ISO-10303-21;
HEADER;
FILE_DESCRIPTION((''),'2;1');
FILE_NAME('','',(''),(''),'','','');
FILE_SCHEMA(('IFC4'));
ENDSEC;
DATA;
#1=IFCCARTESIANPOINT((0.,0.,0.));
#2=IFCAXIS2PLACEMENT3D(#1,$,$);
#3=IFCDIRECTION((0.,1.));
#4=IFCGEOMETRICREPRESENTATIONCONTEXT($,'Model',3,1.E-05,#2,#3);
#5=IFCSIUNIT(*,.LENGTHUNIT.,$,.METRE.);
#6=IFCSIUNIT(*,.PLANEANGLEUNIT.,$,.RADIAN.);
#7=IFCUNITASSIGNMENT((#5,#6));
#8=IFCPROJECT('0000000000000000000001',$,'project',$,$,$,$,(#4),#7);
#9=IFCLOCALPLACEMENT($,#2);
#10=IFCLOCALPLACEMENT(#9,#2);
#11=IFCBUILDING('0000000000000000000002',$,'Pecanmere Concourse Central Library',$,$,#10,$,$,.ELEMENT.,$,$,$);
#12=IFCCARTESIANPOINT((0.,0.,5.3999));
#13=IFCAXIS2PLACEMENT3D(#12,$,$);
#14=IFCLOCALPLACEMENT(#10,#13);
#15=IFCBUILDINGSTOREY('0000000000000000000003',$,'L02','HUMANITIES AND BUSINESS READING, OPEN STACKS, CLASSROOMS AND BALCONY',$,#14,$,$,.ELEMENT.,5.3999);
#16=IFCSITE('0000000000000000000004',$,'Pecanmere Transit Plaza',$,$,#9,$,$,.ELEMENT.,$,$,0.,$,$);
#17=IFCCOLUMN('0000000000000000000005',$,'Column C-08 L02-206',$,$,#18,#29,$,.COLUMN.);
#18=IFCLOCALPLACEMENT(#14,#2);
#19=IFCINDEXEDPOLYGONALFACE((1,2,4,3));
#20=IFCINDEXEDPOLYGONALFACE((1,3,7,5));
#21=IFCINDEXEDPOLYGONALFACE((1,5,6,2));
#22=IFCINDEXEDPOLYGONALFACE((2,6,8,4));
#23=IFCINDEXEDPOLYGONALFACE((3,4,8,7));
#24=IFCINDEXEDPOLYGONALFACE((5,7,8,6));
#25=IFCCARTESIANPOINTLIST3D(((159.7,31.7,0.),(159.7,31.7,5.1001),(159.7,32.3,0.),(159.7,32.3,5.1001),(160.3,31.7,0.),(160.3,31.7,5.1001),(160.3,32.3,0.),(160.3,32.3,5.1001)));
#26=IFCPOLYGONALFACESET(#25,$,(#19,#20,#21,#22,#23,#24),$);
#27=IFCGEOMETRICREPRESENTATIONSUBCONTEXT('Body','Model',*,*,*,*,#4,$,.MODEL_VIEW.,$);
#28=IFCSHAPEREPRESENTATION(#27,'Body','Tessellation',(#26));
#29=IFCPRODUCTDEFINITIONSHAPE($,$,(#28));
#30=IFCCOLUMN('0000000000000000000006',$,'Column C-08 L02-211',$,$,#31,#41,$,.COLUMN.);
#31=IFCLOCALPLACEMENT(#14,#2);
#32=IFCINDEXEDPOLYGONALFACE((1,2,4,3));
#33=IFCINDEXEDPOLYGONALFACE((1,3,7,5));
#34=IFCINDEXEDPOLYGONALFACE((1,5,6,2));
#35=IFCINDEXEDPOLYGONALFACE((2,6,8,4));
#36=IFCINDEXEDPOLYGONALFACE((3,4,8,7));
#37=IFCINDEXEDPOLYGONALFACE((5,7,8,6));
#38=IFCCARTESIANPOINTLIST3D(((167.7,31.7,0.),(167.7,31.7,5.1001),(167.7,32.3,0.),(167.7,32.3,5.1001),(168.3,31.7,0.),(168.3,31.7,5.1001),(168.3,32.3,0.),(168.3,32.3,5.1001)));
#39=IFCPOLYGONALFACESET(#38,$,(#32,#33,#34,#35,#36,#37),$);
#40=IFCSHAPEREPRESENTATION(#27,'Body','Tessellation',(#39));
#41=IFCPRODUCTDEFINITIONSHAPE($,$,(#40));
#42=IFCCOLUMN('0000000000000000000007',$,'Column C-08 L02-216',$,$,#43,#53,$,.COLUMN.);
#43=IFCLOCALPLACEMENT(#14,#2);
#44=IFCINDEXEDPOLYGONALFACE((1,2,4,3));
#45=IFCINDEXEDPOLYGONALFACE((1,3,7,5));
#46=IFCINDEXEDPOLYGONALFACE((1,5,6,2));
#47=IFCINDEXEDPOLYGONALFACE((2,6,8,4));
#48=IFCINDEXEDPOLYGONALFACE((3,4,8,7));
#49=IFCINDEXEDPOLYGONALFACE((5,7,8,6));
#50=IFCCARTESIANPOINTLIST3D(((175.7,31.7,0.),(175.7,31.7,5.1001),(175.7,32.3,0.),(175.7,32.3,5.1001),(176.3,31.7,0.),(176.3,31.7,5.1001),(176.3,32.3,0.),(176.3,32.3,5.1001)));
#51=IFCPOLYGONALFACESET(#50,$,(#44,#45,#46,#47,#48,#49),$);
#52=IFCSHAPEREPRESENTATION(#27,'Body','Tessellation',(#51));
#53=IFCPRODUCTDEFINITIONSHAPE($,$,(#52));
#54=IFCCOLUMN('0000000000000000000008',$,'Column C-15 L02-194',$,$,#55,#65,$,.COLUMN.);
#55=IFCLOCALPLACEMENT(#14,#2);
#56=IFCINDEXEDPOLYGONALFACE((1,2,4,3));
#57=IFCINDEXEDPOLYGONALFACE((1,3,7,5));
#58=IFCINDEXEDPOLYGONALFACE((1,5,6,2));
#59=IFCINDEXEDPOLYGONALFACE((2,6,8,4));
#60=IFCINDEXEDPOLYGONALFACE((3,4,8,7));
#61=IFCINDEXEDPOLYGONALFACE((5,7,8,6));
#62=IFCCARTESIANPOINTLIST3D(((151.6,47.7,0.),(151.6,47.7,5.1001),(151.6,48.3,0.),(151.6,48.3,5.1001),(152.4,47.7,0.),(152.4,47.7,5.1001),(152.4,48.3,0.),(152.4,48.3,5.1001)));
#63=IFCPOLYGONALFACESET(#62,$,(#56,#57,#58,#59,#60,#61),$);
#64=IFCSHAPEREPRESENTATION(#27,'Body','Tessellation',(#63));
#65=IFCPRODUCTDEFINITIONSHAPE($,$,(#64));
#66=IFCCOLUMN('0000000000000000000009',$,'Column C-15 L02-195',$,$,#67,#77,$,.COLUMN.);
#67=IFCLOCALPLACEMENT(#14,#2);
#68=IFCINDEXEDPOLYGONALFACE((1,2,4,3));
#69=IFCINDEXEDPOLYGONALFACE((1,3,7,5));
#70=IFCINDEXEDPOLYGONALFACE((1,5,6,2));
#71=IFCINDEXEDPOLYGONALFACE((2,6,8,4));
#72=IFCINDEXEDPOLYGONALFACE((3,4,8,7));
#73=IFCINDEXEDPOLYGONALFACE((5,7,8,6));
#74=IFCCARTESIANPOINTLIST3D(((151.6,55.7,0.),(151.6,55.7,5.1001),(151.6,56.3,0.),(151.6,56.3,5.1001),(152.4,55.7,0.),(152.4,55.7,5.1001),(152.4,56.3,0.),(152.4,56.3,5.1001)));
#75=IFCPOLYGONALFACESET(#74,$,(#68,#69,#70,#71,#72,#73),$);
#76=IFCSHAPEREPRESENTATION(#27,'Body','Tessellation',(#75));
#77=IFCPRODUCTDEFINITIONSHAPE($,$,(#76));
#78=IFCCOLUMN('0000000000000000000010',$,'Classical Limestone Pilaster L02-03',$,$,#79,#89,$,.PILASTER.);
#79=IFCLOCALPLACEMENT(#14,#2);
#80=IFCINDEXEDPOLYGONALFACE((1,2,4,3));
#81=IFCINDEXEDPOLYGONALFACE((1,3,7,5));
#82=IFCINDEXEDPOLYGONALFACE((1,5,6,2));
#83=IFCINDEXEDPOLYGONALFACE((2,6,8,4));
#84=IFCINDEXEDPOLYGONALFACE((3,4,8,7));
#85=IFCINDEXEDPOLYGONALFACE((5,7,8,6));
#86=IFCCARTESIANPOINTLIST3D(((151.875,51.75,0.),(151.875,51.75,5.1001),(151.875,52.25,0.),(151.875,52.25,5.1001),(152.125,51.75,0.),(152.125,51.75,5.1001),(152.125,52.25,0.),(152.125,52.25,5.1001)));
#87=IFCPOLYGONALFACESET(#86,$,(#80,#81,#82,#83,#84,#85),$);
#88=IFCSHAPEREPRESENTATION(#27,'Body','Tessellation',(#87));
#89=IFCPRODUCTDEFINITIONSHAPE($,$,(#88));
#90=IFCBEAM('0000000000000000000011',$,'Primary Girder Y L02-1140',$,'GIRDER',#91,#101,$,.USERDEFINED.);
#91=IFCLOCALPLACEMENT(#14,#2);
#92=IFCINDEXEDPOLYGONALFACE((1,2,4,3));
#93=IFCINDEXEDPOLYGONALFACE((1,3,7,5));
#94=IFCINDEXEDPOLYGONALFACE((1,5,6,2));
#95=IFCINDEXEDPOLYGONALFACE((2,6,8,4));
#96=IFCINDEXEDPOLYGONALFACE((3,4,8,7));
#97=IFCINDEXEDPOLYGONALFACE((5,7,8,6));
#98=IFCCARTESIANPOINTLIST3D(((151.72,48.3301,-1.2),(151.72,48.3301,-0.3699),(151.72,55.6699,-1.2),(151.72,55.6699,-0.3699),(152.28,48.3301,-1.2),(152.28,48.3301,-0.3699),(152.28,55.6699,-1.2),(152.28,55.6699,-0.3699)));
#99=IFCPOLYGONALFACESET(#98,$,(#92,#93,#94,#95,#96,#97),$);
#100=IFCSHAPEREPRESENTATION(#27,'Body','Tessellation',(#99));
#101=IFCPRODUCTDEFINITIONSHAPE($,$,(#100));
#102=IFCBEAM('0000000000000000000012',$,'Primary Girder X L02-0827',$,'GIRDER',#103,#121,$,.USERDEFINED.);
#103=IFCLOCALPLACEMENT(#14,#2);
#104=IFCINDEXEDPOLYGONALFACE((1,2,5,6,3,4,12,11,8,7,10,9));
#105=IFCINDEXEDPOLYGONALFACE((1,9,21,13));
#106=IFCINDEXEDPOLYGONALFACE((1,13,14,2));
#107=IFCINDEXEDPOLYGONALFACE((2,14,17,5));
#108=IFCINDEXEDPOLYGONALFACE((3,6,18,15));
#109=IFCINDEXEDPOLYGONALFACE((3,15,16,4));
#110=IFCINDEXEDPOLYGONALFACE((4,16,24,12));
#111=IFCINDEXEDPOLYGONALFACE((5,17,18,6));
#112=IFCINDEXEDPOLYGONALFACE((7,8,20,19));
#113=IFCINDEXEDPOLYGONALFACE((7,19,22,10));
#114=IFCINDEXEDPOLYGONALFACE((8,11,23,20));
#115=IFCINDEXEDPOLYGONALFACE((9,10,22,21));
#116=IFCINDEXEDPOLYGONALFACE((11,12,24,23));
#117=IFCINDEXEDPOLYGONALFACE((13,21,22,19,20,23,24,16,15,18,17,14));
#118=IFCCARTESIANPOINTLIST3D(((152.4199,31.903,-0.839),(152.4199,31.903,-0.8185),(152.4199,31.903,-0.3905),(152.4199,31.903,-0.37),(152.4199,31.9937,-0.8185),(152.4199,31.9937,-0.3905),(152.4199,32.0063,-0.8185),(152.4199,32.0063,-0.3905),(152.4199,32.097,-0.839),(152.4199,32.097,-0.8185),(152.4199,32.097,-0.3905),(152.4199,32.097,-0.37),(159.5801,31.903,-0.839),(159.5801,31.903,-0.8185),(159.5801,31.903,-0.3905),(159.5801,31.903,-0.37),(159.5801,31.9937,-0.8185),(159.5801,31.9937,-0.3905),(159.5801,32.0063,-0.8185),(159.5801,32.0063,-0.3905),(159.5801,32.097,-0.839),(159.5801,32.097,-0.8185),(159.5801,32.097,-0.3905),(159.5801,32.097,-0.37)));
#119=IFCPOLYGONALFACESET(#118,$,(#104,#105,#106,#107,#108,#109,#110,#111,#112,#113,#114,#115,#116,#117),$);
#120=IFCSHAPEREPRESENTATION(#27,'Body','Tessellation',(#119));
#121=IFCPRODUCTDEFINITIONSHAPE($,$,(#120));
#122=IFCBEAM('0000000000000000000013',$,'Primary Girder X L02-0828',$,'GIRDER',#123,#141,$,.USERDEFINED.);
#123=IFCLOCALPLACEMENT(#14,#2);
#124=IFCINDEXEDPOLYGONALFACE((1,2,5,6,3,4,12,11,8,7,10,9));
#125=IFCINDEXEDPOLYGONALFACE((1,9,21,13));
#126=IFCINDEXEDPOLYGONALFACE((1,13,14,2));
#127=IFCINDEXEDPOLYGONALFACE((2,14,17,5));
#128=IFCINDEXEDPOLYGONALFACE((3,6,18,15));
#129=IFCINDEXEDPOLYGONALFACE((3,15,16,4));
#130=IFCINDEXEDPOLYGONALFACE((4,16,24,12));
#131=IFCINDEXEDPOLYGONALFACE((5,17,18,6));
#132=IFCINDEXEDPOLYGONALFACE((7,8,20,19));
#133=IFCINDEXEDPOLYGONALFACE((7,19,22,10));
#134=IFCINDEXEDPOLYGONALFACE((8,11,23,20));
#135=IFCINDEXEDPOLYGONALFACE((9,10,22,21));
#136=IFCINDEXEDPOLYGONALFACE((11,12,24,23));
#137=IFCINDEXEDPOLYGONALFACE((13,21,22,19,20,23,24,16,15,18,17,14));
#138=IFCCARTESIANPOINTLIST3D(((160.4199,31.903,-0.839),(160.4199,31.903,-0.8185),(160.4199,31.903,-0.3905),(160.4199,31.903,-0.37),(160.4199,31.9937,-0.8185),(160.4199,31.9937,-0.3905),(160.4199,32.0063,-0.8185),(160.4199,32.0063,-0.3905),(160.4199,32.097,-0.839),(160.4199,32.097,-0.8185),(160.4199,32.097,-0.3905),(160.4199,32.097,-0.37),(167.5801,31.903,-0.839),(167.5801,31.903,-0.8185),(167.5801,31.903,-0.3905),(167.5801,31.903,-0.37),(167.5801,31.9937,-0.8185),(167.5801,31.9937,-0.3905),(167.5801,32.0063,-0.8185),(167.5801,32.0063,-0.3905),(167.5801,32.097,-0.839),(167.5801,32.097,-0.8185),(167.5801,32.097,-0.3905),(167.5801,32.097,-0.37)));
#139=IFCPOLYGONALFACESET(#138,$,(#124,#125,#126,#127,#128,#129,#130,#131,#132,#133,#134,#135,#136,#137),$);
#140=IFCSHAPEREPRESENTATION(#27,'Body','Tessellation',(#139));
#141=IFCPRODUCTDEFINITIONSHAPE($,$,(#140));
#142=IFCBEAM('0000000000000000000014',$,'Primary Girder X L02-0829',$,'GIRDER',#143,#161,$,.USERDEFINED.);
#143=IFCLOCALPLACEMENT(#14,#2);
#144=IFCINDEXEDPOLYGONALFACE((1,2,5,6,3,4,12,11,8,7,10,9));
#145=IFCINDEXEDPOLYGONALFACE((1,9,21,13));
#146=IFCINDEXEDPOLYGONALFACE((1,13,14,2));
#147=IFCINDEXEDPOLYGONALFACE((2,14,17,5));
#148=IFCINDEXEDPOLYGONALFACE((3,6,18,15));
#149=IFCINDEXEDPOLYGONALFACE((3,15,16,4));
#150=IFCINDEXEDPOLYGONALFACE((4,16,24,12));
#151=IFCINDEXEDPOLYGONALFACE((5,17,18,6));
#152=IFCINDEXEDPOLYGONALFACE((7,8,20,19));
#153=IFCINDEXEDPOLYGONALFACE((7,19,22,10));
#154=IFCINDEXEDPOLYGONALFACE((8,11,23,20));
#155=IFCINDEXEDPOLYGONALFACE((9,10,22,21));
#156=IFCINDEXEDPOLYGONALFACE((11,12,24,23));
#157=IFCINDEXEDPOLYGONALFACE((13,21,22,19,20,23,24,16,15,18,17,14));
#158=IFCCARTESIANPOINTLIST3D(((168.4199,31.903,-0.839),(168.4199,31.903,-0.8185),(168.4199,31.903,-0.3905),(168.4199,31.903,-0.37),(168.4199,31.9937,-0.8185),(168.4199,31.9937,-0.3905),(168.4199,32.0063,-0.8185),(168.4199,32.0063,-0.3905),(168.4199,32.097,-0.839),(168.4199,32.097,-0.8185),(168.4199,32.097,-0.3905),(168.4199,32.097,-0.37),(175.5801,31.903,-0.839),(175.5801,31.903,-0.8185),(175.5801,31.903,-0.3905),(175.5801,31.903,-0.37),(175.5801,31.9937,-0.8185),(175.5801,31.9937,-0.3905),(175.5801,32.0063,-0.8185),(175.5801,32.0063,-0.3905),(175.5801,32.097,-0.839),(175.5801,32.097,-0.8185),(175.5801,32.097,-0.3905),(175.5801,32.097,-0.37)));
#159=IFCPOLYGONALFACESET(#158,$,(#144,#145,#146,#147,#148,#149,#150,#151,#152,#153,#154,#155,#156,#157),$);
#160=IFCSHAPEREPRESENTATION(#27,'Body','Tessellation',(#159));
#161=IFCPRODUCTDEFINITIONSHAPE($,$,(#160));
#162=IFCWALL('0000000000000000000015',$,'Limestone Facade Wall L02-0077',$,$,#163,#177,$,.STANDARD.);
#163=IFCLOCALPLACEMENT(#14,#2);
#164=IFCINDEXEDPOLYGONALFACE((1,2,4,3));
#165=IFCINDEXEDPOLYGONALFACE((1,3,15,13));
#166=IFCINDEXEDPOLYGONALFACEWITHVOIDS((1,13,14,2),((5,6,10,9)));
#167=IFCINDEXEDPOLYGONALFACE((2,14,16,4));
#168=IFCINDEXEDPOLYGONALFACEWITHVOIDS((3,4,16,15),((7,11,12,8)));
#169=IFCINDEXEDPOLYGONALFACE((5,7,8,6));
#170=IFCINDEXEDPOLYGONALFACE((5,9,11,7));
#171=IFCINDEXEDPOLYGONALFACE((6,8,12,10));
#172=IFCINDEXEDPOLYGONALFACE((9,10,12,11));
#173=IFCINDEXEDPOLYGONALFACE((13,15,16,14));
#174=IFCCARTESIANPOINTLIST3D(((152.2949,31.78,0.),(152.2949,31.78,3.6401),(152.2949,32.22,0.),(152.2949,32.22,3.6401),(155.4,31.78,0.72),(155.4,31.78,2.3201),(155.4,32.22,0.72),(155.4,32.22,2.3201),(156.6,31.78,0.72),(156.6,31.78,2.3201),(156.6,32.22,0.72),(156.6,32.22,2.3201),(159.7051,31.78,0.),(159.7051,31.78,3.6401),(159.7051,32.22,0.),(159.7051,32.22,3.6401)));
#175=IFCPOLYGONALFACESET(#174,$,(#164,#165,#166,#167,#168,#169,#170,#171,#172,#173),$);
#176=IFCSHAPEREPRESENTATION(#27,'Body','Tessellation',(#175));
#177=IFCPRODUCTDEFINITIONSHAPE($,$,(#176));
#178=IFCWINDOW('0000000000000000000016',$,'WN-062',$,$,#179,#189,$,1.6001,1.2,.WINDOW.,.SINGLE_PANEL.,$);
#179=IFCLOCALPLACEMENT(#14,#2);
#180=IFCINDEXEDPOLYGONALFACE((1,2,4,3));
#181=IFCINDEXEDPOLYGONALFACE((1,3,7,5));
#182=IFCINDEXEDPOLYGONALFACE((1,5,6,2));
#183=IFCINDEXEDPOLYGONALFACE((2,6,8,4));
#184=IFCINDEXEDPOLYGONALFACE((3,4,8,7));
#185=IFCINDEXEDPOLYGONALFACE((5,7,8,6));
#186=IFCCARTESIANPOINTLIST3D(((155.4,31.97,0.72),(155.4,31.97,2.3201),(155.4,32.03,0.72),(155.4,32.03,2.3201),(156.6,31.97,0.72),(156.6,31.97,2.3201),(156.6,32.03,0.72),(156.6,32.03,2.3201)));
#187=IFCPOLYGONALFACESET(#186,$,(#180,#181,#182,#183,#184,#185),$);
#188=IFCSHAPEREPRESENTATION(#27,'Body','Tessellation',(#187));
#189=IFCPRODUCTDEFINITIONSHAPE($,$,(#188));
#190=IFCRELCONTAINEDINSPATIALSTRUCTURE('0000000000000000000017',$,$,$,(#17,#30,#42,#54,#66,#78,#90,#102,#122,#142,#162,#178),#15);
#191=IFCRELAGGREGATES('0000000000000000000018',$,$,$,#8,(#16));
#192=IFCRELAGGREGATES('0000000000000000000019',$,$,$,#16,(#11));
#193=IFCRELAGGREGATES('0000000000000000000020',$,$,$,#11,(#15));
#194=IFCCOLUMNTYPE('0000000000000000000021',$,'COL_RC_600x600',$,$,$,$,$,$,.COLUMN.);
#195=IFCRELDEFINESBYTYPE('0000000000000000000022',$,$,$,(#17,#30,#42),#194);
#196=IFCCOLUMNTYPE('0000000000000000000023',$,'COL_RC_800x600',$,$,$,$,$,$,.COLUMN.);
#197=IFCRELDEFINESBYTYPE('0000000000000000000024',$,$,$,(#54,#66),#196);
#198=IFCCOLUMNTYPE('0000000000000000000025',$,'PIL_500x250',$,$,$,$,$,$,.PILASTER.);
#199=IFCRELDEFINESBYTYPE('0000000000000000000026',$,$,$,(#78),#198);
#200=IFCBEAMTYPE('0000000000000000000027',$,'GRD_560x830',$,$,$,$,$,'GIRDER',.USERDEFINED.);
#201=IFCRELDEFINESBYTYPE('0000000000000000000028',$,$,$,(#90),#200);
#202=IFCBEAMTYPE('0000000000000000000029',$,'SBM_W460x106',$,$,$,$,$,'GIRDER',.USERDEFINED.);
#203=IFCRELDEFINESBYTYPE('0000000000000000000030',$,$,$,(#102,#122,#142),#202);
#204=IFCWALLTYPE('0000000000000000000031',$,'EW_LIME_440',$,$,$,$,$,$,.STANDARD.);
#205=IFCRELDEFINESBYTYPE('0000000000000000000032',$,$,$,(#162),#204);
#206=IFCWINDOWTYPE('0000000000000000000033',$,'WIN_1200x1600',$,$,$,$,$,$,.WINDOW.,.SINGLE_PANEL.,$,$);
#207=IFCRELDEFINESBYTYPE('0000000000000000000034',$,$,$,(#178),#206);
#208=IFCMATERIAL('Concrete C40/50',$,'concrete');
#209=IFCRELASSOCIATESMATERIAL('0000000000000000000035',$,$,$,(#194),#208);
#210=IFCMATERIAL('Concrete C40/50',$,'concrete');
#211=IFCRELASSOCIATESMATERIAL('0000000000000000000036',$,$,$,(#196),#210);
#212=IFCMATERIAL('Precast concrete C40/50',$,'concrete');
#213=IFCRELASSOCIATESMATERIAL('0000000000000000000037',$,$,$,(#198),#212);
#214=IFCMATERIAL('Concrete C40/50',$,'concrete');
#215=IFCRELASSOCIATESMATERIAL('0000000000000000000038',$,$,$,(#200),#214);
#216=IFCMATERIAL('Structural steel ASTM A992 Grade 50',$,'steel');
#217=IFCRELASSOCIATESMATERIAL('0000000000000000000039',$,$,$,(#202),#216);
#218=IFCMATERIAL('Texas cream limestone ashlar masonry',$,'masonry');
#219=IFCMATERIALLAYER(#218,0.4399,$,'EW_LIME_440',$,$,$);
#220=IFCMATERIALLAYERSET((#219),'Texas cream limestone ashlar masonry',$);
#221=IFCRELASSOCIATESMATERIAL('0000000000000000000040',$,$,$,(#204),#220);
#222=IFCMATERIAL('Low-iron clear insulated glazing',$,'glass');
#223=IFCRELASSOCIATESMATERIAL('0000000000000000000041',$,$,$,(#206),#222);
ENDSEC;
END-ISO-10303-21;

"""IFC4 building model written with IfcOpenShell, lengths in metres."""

from ifc_helpers import new_model, si_unit, direction, frame, frame_2d, origin, origin_2d, place, context, subcontext, project, spatial, rectangle, i_section, extrude, material, layer, layer_set, material_profile, profile_set, type_object, element, fill, save


model = new_model("IFC4")

# Units and contexts
model_context = context("Model", 3, precision=1e-05, world=origin(), true_north=direction((0.0, 1.0)))
body_context = subcontext(model_context, "Body", "Model", "MODEL_VIEW")
ifc_project = project(units=[si_unit("LENGTHUNIT", "METRE"), si_unit("PLANEANGLEUNIT", "RADIAN")], contexts=[model_context])

# Site, building, storey
site_placement = place(None, origin())
site = spatial("IfcSite", under=ifc_project, at=site_placement, Name="Pecanmere Transit Plaza", CompositionType="ELEMENT", RefElevation=0.0)
building_placement = place(site_placement, origin())
building = spatial("IfcBuilding", under=site, at=building_placement, Name="Pecanmere Concourse Central Library", CompositionType="ELEMENT")
storey_placement = place(building_placement, frame((0.0, 0.0, 5.3999)))
storey = spatial("IfcBuildingStorey", under=building, at=storey_placement, Name="L02", Description="HUMANITIES AND BUSINESS READING, OPEN STACKS, CLASSROOMS AND BALCONY", CompositionType="ELEMENT", Elevation=5.3999)

# Columns
ifc_material_1 = material(Name="Concrete C40/50", Category="concrete")
ifc_material_profile_1 = material_profile(ifc_material_1, rectangle(XDim=0.6001, YDim=0.6001, at=origin_2d()), Name="RC 600x600")
ifc_profile_set_1 = profile_set([ifc_material_profile_1], Name="Concrete C40/50")
column_type_1 = type_object("IfcColumnType", Name="COL_RC_600x600", PredefinedType="COLUMN", material=ifc_profile_set_1)
for number, where, z_axis, x_axis, name in (
    (1, (160.0, 32.0, 0.0), (0.0, 0.0, 1.0), (1.0, 0.0, 0.0), "Column C-08 L02-206"),
    (2, (168.0, 32.0, 0.0), (0.0, 0.0, 1.0), (1.0, 0.0, 0.0), "Column C-08 L02-211"),
    (3, (176.0, 32.0, 0.0), (0.0, 0.0, 1.0), (1.0, 0.0, 0.0), "Column C-08 L02-216"),
):
    element("IfcColumn", number, at=place(storey_placement, frame(where, z_axis=z_axis, x_axis=x_axis)), inside=storey, type_object=column_type_1, Name=name, PredefinedType="COLUMN", context=body_context, shape_type="SweptSolid", body=[
        extrude(rectangle(XDim=0.6001, YDim=0.6001, at=origin_2d()), origin(), (0.0, 0.0, 1.0), 5.1001),
    ])
ifc_material_2 = material(Name="Concrete C40/50", Category="concrete")
ifc_material_profile_2 = material_profile(ifc_material_2, rectangle(XDim=0.8, YDim=0.6001, at=origin_2d()), Name="RC 800x600")
ifc_profile_set_2 = profile_set([ifc_material_profile_2], Name="Concrete C40/50")
column_type_2 = type_object("IfcColumnType", Name="COL_RC_800x600", PredefinedType="COLUMN", material=ifc_profile_set_2)
for number, where, z_axis, x_axis, name in (
    (4, (152.0, 48.0, 0.0), (0.0, 0.0, 1.0), (1.0, 0.0, 0.0), "Column C-15 L02-194"),
    (5, (152.0, 56.0, 0.0), (0.0, 0.0, 1.0), (1.0, 0.0, 0.0), "Column C-15 L02-195"),
):
    element("IfcColumn", number, at=place(storey_placement, frame(where, z_axis=z_axis, x_axis=x_axis)), inside=storey, type_object=column_type_2, Name=name, PredefinedType="COLUMN", context=body_context, shape_type="SweptSolid", body=[
        extrude(rectangle(XDim=0.8, YDim=0.6001, at=origin_2d()), origin(), (0.0, 0.0, 1.0), 5.1001),
    ])
ifc_material_3 = material(Name="Precast concrete C40/50", Category="concrete")
ifc_material_profile_3 = material_profile(ifc_material_3, rectangle(XDim=0.5, YDim=0.25, at=origin_2d()), Name="RC 500x250")
ifc_profile_set_3 = profile_set([ifc_material_profile_3], Name="Precast concrete C40/50")
column_type_3 = type_object("IfcColumnType", Name="PIL_500x250", PredefinedType="PILASTER", material=ifc_profile_set_3)
column_placement = place(storey_placement, frame((152.0, 52.0, 0.0), z_axis=(0.0, 0.0, 1.0), x_axis=(0.0, 1.0, 0.0)))
element("IfcColumn", 6, at=column_placement, inside=storey, type_object=column_type_3, Name="Classical Limestone Pilaster L02-03", PredefinedType="PILASTER", context=body_context, shape_type="SweptSolid", body=[
    extrude(rectangle(XDim=0.5, YDim=0.25, at=origin_2d()), origin(), (0.0, 0.0, 1.0), 5.1001),
])

# Beams
ifc_material_4 = material(Name="Concrete C40/50", Category="concrete")
ifc_material_profile_4 = material_profile(ifc_material_4, rectangle(XDim=0.5601, YDim=0.8301, at=origin_2d()), Name="RC 560x830")
ifc_profile_set_4 = profile_set([ifc_material_profile_4], Name="Concrete C40/50")
beam_type_1 = type_object("IfcBeamType", Name="GRD_560x830", ElementType="GIRDER", PredefinedType="USERDEFINED", material=ifc_profile_set_4)
beam_placement = place(storey_placement, frame((152.0, 48.3301, -0.7849), z_axis=(0.0, 1.0, 0.0), x_axis=(-1.0, 0.0, 0.0)))
element("IfcBeam", 7, at=beam_placement, inside=storey, type_object=beam_type_1, Name="Primary Girder Y L02-1140", ObjectType="GIRDER", PredefinedType="USERDEFINED", context=body_context, shape_type="SweptSolid", body=[
    extrude(rectangle(XDim=0.5601, YDim=0.8301, at=origin_2d()), origin(), (0.0, 0.0, 1.0), 7.3398),
])
ifc_material_5 = material(Name="Structural steel ASTM A992 Grade 50", Category="steel")
ifc_material_profile_5 = material_profile(ifc_material_5, i_section(OverallWidth=0.1941, OverallDepth=0.469, WebThickness=0.0127, FlangeThickness=0.0205, at=origin_2d()), Name="W460x106")
ifc_profile_set_5 = profile_set([ifc_material_profile_5], Name="Structural steel ASTM A992 Grade 50")
beam_type_2 = type_object("IfcBeamType", Name="SBM_W460x106", ElementType="GIRDER", PredefinedType="USERDEFINED", material=ifc_profile_set_5)
for number, where, z_axis, x_axis, name in (
    (8, (152.4199, 32.0, -0.6045), (1.0, 0.0, 0.0), (0.0, 1.0, 0.0), "Primary Girder X L02-0827"),
    (9, (160.4199, 32.0, -0.6045), (1.0, 0.0, 0.0), (0.0, 1.0, 0.0), "Primary Girder X L02-0828"),
    (10, (168.4199, 32.0, -0.6045), (1.0, 0.0, 0.0), (0.0, 1.0, 0.0), "Primary Girder X L02-0829"),
):
    element("IfcBeam", number, at=place(storey_placement, frame(where, z_axis=z_axis, x_axis=x_axis)), inside=storey, type_object=beam_type_2, Name=name, ObjectType="GIRDER", PredefinedType="USERDEFINED", context=body_context, shape_type="SweptSolid", body=[
        extrude(i_section(OverallWidth=0.1941, OverallDepth=0.469, WebThickness=0.0127, FlangeThickness=0.0205, at=origin_2d()), origin(), (0.0, 0.0, 1.0), 7.1602),
    ])

# Wall, opening, window
ifc_material_6 = material(Name="Texas cream limestone ashlar masonry", Category="masonry")
ifc_layer = layer(ifc_material_6, 0.4399, Name="EW_LIME_440")
ifc_layer_set = layer_set([ifc_layer], Name="Texas cream limestone ashlar masonry")
wall_type = type_object("IfcWallType", Name="EW_LIME_440", PredefinedType="STANDARD", material=ifc_layer_set)
wall_1_placement = place(storey_placement, frame((159.7051, 32.0, 0.0), z_axis=(0.0, 0.0, 1.0), x_axis=(-1.0, 0.0, 0.0)))
wall_1 = element("IfcWall", 11, at=wall_1_placement, inside=storey, type_object=wall_type, Name="Limestone Facade Wall L02-0077", PredefinedType="STANDARD", context=body_context, shape_type="SweptSolid", body=[
    extrude(rectangle(XDim=7.4102, YDim=0.4399, at=frame_2d((3.7051, 0.0))), origin(), (0.0, 0.0, 1.0), 3.6401),
])
opening_1_placement = place(wall_1_placement, frame((3.105, 0.0, 0.72)))
opening_1 = element("IfcOpeningElement", 12, at=opening_1_placement, cuts=wall_1, PredefinedType="OPENING", context=body_context, shape_type="SweptSolid", body=[
    extrude(rectangle(XDim=1.2, YDim=1.6001, at=frame_2d((0.6001, 0.8))), frame((0.0, 0.2319, 0.0), z_axis=(0.0, -1.0, 0.0), x_axis=(1.0, 0.0, 0.0)), (0.0, 0.0, 1.0), 0.4639),
])
ifc_material_7 = material(Name="Low-iron clear insulated glazing", Category="glass")
window_type_1 = type_object("IfcWindowType", Name="WIN_1200x1600", PartitioningType="SINGLE_PANEL", PredefinedType="WINDOW", material=ifc_material_7)
window_1_placement = place(opening_1_placement, origin())
window_1 = element("IfcWindow", 13, at=window_1_placement, inside=storey, type_object=window_type_1, Name="WN-062", OverallHeight=1.6001, OverallWidth=1.2, PartitioningType="SINGLE_PANEL", PredefinedType="WINDOW", context=body_context, shape_type="SweptSolid", body=[
    extrude(rectangle(XDim=1.2, YDim=1.6001, at=frame_2d((0.6001, 0.8))), frame((0.0, 0.03, 0.0), z_axis=(0.0, -1.0, 0.0), x_axis=(1.0, 0.0, 0.0)), (0.0, 0.0, 1.0), 0.0601),
])
fill(opening_1, window_1)

save(model, "model.ifc")
